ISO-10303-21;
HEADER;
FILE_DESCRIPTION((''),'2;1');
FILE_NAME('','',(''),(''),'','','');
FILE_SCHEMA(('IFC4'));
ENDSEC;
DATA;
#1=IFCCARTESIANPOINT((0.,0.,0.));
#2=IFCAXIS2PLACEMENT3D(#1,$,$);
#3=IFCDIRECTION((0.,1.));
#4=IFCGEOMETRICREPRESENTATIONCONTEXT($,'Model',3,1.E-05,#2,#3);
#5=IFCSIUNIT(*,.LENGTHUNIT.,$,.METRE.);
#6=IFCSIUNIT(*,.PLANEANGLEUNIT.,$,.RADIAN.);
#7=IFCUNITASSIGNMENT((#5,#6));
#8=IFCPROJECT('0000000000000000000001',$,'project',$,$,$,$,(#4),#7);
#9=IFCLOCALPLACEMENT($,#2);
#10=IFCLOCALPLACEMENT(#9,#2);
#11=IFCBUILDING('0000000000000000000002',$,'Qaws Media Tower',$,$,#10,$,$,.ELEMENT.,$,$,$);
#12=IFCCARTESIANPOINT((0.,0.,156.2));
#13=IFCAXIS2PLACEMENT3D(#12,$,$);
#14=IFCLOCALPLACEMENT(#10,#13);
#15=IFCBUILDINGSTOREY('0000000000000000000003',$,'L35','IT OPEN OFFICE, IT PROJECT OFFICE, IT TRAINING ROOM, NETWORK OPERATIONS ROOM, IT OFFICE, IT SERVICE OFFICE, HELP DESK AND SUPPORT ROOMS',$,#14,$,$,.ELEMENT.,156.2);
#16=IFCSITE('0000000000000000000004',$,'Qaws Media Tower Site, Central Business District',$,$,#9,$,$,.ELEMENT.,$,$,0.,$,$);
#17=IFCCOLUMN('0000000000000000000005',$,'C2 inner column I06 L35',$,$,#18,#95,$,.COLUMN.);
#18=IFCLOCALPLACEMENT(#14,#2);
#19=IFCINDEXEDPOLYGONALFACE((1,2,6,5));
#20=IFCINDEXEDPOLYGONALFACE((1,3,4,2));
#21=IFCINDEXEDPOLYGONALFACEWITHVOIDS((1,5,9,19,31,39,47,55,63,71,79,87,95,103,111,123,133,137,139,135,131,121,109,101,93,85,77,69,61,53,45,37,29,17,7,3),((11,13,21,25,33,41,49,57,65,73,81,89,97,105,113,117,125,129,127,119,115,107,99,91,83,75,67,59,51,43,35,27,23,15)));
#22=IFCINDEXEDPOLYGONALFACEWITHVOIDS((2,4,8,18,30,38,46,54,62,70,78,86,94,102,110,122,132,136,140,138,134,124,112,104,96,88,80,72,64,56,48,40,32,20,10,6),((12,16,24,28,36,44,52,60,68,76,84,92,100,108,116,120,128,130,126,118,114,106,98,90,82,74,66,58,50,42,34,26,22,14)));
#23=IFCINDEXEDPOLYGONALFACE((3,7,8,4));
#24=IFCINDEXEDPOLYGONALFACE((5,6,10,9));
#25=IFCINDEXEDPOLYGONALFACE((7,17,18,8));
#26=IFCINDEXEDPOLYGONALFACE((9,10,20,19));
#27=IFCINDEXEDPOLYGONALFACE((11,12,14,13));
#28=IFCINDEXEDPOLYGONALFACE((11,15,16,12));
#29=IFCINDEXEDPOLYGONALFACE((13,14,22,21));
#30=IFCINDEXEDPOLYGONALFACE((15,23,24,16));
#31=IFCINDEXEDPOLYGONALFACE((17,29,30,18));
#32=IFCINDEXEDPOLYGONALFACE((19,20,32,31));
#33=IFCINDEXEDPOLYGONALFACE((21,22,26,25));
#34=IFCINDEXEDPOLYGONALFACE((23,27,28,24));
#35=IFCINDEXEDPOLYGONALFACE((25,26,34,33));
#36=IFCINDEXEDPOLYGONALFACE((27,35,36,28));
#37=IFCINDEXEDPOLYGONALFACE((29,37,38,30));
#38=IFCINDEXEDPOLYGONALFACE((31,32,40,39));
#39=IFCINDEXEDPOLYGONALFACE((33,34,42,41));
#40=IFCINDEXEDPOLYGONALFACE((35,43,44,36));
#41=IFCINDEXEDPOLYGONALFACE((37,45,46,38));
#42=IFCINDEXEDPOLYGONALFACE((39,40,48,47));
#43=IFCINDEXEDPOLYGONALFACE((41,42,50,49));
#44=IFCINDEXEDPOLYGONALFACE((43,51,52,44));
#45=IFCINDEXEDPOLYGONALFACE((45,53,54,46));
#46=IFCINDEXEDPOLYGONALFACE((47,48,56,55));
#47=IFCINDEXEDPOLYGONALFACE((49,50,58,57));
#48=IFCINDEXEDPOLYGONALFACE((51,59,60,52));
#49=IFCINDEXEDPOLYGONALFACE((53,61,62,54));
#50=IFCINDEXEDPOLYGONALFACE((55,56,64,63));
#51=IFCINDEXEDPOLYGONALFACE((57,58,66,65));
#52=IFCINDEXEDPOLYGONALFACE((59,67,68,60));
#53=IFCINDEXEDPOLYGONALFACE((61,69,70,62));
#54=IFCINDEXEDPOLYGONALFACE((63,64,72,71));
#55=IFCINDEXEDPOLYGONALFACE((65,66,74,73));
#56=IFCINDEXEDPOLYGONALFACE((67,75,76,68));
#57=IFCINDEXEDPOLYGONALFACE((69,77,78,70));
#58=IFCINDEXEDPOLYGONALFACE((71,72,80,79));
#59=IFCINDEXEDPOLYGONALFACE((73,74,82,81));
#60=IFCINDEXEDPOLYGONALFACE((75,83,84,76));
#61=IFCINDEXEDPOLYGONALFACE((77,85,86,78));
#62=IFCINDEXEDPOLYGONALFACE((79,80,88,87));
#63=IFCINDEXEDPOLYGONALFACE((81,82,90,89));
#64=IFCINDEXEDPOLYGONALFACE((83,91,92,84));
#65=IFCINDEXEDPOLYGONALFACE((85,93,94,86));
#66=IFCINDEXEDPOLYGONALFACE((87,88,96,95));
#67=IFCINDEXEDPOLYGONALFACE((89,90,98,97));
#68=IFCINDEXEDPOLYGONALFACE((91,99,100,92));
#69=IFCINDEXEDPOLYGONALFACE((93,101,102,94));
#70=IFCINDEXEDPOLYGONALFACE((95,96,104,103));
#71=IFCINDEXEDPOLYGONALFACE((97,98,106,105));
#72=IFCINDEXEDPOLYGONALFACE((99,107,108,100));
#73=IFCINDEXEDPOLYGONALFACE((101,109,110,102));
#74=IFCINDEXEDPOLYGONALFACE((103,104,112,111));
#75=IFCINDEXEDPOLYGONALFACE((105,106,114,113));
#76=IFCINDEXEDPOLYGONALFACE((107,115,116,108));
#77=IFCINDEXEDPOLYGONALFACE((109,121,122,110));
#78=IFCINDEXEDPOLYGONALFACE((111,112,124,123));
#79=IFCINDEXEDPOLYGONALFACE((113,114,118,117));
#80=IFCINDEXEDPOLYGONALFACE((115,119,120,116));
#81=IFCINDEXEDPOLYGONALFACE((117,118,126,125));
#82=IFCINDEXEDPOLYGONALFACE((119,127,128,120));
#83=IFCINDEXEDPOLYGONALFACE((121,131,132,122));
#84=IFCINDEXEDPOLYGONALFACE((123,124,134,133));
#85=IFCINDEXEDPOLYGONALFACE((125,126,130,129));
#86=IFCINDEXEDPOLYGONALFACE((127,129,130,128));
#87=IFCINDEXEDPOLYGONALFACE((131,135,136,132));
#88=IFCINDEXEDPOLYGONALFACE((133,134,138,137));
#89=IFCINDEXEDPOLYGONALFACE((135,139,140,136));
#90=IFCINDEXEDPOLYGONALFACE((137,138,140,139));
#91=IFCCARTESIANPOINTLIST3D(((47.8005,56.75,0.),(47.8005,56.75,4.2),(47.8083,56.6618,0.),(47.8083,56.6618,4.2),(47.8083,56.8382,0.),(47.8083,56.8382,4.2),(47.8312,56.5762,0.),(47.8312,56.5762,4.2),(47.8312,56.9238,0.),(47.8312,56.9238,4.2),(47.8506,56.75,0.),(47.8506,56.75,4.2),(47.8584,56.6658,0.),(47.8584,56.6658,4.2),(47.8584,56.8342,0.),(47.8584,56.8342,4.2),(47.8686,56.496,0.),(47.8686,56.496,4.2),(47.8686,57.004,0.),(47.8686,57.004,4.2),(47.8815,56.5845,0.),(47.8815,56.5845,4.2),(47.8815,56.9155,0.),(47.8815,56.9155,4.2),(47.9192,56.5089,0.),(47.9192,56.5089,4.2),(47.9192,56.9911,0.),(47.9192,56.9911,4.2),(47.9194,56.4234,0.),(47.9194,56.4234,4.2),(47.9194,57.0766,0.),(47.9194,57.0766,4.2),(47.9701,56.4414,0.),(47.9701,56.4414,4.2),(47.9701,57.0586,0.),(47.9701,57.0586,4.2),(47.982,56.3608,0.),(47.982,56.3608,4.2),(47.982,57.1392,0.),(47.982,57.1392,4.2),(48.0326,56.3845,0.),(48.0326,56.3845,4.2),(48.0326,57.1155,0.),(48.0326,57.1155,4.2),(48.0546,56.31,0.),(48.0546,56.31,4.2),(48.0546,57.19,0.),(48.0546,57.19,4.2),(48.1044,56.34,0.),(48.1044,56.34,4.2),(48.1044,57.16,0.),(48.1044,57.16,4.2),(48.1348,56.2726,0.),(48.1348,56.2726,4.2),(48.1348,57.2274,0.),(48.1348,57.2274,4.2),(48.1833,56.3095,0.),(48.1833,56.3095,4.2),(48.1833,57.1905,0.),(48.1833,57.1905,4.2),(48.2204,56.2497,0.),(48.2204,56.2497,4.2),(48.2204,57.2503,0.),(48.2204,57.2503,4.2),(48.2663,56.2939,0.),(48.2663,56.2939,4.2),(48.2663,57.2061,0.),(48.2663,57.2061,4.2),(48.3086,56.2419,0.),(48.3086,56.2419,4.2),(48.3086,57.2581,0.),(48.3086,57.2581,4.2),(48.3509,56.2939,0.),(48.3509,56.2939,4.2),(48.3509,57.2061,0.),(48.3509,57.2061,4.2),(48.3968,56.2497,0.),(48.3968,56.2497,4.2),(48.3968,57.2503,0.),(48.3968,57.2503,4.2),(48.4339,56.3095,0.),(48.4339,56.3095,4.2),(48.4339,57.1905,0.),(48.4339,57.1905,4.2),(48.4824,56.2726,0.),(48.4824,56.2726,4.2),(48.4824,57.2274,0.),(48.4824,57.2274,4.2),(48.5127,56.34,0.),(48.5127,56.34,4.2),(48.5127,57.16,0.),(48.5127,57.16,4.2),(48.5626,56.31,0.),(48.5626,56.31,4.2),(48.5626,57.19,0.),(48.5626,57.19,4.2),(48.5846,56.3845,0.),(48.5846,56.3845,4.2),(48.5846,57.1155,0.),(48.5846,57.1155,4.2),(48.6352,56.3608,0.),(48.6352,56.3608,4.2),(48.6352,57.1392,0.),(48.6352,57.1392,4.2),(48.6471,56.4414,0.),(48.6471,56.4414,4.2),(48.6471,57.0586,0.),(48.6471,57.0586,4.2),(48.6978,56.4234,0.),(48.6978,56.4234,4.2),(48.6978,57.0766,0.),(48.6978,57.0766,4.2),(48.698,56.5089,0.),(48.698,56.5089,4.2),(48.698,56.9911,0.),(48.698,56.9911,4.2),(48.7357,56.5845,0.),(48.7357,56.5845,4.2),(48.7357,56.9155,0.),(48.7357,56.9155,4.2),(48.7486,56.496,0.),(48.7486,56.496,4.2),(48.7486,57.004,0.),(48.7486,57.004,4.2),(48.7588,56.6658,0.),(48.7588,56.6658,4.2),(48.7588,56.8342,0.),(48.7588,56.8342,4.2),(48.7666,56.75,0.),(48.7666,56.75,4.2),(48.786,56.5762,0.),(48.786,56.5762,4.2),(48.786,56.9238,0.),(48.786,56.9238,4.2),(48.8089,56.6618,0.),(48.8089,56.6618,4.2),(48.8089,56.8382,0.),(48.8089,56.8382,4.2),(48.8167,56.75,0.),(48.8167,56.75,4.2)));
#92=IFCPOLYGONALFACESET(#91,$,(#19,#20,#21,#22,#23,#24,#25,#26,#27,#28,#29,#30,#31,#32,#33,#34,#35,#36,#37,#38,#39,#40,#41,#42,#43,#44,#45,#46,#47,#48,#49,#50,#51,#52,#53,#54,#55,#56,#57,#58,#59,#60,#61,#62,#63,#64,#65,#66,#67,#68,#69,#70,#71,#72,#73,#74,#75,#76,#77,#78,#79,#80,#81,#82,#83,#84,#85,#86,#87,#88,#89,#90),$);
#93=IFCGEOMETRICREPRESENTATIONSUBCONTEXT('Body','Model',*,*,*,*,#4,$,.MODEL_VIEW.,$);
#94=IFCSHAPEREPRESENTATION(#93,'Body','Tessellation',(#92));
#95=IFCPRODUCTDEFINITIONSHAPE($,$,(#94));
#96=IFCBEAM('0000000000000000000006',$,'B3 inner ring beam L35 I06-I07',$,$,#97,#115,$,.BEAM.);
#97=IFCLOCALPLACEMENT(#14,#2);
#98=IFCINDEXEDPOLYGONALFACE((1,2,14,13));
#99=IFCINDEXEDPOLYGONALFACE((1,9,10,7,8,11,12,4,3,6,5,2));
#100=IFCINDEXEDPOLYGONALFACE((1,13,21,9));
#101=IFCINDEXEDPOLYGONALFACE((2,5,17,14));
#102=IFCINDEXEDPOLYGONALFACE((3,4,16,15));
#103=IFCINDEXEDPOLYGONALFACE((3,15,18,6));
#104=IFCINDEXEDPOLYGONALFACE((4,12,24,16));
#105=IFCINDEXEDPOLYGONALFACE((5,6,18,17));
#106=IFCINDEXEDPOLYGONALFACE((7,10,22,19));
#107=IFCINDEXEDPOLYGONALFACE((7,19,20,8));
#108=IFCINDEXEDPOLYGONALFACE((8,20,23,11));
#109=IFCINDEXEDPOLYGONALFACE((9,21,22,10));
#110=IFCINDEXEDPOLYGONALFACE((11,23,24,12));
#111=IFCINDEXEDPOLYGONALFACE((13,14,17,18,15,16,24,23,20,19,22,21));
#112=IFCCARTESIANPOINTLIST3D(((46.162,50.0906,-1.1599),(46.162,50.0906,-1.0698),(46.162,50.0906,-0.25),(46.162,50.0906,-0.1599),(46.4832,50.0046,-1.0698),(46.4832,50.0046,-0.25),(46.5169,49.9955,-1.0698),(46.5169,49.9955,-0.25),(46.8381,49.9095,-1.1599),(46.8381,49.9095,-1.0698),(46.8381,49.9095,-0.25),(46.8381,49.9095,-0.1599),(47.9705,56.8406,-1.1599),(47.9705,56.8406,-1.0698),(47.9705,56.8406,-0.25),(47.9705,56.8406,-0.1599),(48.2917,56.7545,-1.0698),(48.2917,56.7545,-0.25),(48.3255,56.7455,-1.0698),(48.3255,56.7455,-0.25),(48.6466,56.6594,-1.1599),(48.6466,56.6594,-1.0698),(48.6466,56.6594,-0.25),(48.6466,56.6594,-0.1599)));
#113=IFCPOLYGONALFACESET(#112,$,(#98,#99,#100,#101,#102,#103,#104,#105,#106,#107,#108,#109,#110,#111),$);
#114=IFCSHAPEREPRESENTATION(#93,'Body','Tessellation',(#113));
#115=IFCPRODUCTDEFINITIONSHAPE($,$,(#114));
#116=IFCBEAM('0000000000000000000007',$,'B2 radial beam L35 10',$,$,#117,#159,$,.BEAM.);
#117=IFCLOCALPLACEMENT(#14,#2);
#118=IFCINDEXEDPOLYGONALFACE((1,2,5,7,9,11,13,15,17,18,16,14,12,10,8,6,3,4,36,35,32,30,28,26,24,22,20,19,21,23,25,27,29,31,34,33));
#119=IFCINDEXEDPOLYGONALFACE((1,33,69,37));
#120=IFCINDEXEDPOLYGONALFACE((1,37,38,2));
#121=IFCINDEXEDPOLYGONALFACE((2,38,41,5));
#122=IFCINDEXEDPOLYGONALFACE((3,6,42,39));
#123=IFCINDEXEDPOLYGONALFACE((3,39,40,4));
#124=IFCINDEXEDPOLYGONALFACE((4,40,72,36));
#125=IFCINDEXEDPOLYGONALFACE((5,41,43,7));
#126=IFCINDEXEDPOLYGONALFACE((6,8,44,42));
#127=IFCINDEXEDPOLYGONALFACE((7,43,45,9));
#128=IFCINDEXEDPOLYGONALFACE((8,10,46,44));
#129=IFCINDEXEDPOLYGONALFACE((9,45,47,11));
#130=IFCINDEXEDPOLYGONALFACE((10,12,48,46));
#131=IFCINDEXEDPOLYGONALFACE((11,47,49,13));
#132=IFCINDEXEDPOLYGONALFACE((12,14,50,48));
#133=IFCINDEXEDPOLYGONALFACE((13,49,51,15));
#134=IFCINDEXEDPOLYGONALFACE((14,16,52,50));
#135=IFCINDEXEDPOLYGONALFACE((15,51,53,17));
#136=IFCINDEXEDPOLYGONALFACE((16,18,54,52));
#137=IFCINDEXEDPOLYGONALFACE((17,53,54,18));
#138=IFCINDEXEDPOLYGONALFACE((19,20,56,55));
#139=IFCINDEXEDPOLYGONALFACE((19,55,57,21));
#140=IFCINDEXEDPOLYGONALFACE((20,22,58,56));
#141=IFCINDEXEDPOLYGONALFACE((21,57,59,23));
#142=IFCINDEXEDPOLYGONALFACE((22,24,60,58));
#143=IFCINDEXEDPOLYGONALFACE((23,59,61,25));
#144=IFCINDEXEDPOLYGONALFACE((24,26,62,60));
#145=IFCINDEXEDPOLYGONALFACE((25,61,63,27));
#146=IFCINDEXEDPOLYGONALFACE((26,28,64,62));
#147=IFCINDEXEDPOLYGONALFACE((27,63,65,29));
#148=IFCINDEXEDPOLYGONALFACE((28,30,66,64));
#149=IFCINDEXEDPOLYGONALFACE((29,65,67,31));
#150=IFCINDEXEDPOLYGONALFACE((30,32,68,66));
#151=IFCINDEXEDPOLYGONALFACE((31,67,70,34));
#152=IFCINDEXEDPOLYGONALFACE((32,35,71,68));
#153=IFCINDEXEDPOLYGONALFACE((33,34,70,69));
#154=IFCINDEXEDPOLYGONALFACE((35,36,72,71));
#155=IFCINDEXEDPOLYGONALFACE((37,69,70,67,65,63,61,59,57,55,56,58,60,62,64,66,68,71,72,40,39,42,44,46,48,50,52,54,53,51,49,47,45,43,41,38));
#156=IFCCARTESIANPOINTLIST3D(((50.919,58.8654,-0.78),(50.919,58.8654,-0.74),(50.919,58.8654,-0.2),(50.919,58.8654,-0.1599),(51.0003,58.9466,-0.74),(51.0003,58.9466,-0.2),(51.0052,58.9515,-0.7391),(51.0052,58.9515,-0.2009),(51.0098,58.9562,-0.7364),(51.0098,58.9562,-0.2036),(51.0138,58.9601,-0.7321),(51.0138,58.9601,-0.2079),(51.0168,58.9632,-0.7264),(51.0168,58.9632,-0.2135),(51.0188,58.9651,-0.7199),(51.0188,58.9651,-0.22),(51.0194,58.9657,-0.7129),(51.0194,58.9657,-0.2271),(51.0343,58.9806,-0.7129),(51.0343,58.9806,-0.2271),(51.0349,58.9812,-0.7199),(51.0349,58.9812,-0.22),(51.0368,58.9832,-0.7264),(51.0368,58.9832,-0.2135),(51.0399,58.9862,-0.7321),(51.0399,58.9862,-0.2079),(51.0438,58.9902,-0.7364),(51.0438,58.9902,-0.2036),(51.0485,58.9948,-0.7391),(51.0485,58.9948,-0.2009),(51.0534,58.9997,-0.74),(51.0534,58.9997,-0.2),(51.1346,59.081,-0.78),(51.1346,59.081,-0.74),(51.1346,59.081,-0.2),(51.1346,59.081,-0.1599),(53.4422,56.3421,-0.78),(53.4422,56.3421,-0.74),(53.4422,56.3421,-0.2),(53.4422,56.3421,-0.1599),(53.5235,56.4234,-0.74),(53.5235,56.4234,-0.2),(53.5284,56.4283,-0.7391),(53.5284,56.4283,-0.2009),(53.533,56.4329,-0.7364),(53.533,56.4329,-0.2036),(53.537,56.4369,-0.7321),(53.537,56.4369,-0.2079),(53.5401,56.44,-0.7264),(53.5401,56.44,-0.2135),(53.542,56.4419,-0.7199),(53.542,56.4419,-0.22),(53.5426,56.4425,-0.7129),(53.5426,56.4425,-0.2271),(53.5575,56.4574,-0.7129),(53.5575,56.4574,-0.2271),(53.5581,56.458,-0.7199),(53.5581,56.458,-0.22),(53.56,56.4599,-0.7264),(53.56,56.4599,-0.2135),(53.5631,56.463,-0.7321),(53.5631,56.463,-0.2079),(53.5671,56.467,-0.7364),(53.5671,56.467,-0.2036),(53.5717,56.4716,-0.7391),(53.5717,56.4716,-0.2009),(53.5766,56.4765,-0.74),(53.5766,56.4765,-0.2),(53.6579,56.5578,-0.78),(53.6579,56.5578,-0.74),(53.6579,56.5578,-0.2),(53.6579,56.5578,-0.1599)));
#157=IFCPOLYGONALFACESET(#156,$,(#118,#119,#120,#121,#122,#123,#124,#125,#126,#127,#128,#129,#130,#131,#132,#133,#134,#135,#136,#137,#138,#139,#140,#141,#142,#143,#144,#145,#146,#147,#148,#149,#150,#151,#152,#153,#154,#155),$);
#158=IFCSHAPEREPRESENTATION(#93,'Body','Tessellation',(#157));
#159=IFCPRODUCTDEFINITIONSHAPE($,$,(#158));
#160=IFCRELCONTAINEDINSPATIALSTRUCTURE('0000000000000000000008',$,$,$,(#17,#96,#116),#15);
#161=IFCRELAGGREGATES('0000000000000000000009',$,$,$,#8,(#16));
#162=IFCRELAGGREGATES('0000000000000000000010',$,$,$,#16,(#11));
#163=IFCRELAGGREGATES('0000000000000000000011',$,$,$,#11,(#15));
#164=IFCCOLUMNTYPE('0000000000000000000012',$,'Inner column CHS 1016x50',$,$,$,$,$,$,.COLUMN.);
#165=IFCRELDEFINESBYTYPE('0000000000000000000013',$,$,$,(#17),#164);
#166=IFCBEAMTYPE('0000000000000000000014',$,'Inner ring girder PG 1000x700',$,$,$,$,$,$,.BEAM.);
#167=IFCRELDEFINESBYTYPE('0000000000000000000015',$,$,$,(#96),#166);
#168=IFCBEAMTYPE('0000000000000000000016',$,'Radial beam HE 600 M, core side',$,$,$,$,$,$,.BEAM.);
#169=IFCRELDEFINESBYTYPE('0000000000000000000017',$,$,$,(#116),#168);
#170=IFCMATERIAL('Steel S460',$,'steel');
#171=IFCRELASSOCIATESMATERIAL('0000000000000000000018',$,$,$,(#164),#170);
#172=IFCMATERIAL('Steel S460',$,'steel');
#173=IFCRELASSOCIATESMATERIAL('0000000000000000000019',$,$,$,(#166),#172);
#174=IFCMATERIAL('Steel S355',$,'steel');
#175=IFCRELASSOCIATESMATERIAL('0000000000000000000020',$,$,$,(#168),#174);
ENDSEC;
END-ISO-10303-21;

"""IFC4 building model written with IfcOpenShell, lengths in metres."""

from ifc_helpers import new_model, si_unit, direction, frame, origin, origin_2d, place, context, subcontext, project, spatial, hollow_circle, i_section, extrude, material, material_profile, profile_set, type_object, element, save


model = new_model("IFC4")

# Units and contexts
model_context = context("Model", 3, precision=1e-05, world=origin(), true_north=direction((0.0, 1.0)))
body_context = subcontext(model_context, "Body", "Model", "MODEL_VIEW")
ifc_project = project(units=[si_unit("LENGTHUNIT", "METRE"), si_unit("PLANEANGLEUNIT", "RADIAN")], contexts=[model_context])

# Site, building, storey
site_placement = place(None, origin())
site = spatial("IfcSite", under=ifc_project, at=site_placement, Name="Qaws Media Tower Site, Central Business District", CompositionType="ELEMENT", RefElevation=0.0)
building_placement = place(site_placement, origin())
building = spatial("IfcBuilding", under=site, at=building_placement, Name="Qaws Media Tower", CompositionType="ELEMENT")
storey_placement = place(building_placement, frame((0.0, 0.0, 156.2)))
storey = spatial("IfcBuildingStorey", under=building, at=storey_placement, Name="L35", Description="IT OPEN OFFICE, IT PROJECT OFFICE, IT TRAINING ROOM, NETWORK OPERATIONS ROOM, IT OFFICE, IT SERVICE OFFICE, HELP DESK AND SUPPORT ROOMS", CompositionType="ELEMENT", Elevation=156.2)

# Column
ifc_material_1 = material(Name="Steel S460", Category="steel")
ifc_material_profile_1 = material_profile(ifc_material_1, hollow_circle(Radius=0.5081, WallThickness=0.05, at=origin_2d()), Name="CHS 1016x50")
ifc_profile_set_1 = profile_set([ifc_material_profile_1], Name="Steel S460")
column_type = type_object("IfcColumnType", Name="Inner column CHS 1016x50", PredefinedType="COLUMN", material=ifc_profile_set_1)
column_placement = place(storey_placement, frame((48.3086, 56.75, 0.0), z_axis=(0.0, 0.0, 1.0), x_axis=(1.0, 0.0, 0.0)))
element("IfcColumn", 1, at=column_placement, inside=storey, type_object=column_type, Name="C2 inner column I06 L35", PredefinedType="COLUMN", context=body_context, shape_type="SweptSolid", body=[
    extrude(hollow_circle(Radius=0.5081, WallThickness=0.05, at=origin_2d()), origin(), (0.0, 0.0, 1.0), 4.2),
])

# Beams
ifc_material_2 = material(Name="Steel S460", Category="steel")
ifc_material_profile_2 = material_profile(ifc_material_2, i_section(OverallWidth=0.7, OverallDepth=1.0, WebThickness=0.0349, FlangeThickness=0.0901, at=origin_2d()), Name="PG 1000x700")
ifc_profile_set_2 = profile_set([ifc_material_profile_2], Name="Steel S460")
beam_type_1 = type_object("IfcBeamType", Name="Inner ring girder PG 1000x700", PredefinedType="BEAM", material=ifc_profile_set_2)
beam_1_placement = place(storey_placement, frame((48.3086, 56.75, -0.6599), z_axis=(-0.258811, -0.965928, 0.0), x_axis=(0.965928, -0.258811, 0.0)))
element("IfcBeam", 2, at=beam_1_placement, inside=storey, type_object=beam_type_1, Name="B3 inner ring beam L35 I06-I07", PredefinedType="BEAM", context=body_context, shape_type="SweptSolid", body=[
    extrude(i_section(OverallWidth=0.7, OverallDepth=1.0, WebThickness=0.0349, FlangeThickness=0.0901, at=origin_2d()), origin(), (0.0, 0.0, 1.0), 6.988),
])
ifc_material_3 = material(Name="Steel S355", Category="steel")
ifc_material_profile_3 = material_profile(ifc_material_3, i_section(OverallWidth=0.3049, OverallDepth=0.6201, WebThickness=0.021, FlangeThickness=0.04, FilletRadius=0.0271, at=origin_2d()), Name="HE 600 M")
ifc_profile_set_3 = profile_set([ifc_material_profile_3], Name="Steel S355")
beam_type_2 = type_object("IfcBeamType", Name="Radial beam HE 600 M, core side", PredefinedType="BEAM", material=ifc_profile_set_3)
beam_2_placement = place(storey_placement, frame((53.55, 56.45, -0.47), z_axis=(-0.707107, 0.707107, 0.0), x_axis=(-0.707107, -0.707107, 0.0)))
element("IfcBeam", 3, at=beam_2_placement, inside=storey, type_object=beam_type_2, Name="B2 radial beam L35 10", PredefinedType="BEAM", context=body_context, shape_type="SweptSolid", body=[
    extrude(i_section(OverallWidth=0.3049, OverallDepth=0.6201, WebThickness=0.021, FlangeThickness=0.04, FilletRadius=0.0271, at=origin_2d()), origin(), (0.0, 0.0, 1.0), 3.5684),
])

save(model, "model.ifc")
